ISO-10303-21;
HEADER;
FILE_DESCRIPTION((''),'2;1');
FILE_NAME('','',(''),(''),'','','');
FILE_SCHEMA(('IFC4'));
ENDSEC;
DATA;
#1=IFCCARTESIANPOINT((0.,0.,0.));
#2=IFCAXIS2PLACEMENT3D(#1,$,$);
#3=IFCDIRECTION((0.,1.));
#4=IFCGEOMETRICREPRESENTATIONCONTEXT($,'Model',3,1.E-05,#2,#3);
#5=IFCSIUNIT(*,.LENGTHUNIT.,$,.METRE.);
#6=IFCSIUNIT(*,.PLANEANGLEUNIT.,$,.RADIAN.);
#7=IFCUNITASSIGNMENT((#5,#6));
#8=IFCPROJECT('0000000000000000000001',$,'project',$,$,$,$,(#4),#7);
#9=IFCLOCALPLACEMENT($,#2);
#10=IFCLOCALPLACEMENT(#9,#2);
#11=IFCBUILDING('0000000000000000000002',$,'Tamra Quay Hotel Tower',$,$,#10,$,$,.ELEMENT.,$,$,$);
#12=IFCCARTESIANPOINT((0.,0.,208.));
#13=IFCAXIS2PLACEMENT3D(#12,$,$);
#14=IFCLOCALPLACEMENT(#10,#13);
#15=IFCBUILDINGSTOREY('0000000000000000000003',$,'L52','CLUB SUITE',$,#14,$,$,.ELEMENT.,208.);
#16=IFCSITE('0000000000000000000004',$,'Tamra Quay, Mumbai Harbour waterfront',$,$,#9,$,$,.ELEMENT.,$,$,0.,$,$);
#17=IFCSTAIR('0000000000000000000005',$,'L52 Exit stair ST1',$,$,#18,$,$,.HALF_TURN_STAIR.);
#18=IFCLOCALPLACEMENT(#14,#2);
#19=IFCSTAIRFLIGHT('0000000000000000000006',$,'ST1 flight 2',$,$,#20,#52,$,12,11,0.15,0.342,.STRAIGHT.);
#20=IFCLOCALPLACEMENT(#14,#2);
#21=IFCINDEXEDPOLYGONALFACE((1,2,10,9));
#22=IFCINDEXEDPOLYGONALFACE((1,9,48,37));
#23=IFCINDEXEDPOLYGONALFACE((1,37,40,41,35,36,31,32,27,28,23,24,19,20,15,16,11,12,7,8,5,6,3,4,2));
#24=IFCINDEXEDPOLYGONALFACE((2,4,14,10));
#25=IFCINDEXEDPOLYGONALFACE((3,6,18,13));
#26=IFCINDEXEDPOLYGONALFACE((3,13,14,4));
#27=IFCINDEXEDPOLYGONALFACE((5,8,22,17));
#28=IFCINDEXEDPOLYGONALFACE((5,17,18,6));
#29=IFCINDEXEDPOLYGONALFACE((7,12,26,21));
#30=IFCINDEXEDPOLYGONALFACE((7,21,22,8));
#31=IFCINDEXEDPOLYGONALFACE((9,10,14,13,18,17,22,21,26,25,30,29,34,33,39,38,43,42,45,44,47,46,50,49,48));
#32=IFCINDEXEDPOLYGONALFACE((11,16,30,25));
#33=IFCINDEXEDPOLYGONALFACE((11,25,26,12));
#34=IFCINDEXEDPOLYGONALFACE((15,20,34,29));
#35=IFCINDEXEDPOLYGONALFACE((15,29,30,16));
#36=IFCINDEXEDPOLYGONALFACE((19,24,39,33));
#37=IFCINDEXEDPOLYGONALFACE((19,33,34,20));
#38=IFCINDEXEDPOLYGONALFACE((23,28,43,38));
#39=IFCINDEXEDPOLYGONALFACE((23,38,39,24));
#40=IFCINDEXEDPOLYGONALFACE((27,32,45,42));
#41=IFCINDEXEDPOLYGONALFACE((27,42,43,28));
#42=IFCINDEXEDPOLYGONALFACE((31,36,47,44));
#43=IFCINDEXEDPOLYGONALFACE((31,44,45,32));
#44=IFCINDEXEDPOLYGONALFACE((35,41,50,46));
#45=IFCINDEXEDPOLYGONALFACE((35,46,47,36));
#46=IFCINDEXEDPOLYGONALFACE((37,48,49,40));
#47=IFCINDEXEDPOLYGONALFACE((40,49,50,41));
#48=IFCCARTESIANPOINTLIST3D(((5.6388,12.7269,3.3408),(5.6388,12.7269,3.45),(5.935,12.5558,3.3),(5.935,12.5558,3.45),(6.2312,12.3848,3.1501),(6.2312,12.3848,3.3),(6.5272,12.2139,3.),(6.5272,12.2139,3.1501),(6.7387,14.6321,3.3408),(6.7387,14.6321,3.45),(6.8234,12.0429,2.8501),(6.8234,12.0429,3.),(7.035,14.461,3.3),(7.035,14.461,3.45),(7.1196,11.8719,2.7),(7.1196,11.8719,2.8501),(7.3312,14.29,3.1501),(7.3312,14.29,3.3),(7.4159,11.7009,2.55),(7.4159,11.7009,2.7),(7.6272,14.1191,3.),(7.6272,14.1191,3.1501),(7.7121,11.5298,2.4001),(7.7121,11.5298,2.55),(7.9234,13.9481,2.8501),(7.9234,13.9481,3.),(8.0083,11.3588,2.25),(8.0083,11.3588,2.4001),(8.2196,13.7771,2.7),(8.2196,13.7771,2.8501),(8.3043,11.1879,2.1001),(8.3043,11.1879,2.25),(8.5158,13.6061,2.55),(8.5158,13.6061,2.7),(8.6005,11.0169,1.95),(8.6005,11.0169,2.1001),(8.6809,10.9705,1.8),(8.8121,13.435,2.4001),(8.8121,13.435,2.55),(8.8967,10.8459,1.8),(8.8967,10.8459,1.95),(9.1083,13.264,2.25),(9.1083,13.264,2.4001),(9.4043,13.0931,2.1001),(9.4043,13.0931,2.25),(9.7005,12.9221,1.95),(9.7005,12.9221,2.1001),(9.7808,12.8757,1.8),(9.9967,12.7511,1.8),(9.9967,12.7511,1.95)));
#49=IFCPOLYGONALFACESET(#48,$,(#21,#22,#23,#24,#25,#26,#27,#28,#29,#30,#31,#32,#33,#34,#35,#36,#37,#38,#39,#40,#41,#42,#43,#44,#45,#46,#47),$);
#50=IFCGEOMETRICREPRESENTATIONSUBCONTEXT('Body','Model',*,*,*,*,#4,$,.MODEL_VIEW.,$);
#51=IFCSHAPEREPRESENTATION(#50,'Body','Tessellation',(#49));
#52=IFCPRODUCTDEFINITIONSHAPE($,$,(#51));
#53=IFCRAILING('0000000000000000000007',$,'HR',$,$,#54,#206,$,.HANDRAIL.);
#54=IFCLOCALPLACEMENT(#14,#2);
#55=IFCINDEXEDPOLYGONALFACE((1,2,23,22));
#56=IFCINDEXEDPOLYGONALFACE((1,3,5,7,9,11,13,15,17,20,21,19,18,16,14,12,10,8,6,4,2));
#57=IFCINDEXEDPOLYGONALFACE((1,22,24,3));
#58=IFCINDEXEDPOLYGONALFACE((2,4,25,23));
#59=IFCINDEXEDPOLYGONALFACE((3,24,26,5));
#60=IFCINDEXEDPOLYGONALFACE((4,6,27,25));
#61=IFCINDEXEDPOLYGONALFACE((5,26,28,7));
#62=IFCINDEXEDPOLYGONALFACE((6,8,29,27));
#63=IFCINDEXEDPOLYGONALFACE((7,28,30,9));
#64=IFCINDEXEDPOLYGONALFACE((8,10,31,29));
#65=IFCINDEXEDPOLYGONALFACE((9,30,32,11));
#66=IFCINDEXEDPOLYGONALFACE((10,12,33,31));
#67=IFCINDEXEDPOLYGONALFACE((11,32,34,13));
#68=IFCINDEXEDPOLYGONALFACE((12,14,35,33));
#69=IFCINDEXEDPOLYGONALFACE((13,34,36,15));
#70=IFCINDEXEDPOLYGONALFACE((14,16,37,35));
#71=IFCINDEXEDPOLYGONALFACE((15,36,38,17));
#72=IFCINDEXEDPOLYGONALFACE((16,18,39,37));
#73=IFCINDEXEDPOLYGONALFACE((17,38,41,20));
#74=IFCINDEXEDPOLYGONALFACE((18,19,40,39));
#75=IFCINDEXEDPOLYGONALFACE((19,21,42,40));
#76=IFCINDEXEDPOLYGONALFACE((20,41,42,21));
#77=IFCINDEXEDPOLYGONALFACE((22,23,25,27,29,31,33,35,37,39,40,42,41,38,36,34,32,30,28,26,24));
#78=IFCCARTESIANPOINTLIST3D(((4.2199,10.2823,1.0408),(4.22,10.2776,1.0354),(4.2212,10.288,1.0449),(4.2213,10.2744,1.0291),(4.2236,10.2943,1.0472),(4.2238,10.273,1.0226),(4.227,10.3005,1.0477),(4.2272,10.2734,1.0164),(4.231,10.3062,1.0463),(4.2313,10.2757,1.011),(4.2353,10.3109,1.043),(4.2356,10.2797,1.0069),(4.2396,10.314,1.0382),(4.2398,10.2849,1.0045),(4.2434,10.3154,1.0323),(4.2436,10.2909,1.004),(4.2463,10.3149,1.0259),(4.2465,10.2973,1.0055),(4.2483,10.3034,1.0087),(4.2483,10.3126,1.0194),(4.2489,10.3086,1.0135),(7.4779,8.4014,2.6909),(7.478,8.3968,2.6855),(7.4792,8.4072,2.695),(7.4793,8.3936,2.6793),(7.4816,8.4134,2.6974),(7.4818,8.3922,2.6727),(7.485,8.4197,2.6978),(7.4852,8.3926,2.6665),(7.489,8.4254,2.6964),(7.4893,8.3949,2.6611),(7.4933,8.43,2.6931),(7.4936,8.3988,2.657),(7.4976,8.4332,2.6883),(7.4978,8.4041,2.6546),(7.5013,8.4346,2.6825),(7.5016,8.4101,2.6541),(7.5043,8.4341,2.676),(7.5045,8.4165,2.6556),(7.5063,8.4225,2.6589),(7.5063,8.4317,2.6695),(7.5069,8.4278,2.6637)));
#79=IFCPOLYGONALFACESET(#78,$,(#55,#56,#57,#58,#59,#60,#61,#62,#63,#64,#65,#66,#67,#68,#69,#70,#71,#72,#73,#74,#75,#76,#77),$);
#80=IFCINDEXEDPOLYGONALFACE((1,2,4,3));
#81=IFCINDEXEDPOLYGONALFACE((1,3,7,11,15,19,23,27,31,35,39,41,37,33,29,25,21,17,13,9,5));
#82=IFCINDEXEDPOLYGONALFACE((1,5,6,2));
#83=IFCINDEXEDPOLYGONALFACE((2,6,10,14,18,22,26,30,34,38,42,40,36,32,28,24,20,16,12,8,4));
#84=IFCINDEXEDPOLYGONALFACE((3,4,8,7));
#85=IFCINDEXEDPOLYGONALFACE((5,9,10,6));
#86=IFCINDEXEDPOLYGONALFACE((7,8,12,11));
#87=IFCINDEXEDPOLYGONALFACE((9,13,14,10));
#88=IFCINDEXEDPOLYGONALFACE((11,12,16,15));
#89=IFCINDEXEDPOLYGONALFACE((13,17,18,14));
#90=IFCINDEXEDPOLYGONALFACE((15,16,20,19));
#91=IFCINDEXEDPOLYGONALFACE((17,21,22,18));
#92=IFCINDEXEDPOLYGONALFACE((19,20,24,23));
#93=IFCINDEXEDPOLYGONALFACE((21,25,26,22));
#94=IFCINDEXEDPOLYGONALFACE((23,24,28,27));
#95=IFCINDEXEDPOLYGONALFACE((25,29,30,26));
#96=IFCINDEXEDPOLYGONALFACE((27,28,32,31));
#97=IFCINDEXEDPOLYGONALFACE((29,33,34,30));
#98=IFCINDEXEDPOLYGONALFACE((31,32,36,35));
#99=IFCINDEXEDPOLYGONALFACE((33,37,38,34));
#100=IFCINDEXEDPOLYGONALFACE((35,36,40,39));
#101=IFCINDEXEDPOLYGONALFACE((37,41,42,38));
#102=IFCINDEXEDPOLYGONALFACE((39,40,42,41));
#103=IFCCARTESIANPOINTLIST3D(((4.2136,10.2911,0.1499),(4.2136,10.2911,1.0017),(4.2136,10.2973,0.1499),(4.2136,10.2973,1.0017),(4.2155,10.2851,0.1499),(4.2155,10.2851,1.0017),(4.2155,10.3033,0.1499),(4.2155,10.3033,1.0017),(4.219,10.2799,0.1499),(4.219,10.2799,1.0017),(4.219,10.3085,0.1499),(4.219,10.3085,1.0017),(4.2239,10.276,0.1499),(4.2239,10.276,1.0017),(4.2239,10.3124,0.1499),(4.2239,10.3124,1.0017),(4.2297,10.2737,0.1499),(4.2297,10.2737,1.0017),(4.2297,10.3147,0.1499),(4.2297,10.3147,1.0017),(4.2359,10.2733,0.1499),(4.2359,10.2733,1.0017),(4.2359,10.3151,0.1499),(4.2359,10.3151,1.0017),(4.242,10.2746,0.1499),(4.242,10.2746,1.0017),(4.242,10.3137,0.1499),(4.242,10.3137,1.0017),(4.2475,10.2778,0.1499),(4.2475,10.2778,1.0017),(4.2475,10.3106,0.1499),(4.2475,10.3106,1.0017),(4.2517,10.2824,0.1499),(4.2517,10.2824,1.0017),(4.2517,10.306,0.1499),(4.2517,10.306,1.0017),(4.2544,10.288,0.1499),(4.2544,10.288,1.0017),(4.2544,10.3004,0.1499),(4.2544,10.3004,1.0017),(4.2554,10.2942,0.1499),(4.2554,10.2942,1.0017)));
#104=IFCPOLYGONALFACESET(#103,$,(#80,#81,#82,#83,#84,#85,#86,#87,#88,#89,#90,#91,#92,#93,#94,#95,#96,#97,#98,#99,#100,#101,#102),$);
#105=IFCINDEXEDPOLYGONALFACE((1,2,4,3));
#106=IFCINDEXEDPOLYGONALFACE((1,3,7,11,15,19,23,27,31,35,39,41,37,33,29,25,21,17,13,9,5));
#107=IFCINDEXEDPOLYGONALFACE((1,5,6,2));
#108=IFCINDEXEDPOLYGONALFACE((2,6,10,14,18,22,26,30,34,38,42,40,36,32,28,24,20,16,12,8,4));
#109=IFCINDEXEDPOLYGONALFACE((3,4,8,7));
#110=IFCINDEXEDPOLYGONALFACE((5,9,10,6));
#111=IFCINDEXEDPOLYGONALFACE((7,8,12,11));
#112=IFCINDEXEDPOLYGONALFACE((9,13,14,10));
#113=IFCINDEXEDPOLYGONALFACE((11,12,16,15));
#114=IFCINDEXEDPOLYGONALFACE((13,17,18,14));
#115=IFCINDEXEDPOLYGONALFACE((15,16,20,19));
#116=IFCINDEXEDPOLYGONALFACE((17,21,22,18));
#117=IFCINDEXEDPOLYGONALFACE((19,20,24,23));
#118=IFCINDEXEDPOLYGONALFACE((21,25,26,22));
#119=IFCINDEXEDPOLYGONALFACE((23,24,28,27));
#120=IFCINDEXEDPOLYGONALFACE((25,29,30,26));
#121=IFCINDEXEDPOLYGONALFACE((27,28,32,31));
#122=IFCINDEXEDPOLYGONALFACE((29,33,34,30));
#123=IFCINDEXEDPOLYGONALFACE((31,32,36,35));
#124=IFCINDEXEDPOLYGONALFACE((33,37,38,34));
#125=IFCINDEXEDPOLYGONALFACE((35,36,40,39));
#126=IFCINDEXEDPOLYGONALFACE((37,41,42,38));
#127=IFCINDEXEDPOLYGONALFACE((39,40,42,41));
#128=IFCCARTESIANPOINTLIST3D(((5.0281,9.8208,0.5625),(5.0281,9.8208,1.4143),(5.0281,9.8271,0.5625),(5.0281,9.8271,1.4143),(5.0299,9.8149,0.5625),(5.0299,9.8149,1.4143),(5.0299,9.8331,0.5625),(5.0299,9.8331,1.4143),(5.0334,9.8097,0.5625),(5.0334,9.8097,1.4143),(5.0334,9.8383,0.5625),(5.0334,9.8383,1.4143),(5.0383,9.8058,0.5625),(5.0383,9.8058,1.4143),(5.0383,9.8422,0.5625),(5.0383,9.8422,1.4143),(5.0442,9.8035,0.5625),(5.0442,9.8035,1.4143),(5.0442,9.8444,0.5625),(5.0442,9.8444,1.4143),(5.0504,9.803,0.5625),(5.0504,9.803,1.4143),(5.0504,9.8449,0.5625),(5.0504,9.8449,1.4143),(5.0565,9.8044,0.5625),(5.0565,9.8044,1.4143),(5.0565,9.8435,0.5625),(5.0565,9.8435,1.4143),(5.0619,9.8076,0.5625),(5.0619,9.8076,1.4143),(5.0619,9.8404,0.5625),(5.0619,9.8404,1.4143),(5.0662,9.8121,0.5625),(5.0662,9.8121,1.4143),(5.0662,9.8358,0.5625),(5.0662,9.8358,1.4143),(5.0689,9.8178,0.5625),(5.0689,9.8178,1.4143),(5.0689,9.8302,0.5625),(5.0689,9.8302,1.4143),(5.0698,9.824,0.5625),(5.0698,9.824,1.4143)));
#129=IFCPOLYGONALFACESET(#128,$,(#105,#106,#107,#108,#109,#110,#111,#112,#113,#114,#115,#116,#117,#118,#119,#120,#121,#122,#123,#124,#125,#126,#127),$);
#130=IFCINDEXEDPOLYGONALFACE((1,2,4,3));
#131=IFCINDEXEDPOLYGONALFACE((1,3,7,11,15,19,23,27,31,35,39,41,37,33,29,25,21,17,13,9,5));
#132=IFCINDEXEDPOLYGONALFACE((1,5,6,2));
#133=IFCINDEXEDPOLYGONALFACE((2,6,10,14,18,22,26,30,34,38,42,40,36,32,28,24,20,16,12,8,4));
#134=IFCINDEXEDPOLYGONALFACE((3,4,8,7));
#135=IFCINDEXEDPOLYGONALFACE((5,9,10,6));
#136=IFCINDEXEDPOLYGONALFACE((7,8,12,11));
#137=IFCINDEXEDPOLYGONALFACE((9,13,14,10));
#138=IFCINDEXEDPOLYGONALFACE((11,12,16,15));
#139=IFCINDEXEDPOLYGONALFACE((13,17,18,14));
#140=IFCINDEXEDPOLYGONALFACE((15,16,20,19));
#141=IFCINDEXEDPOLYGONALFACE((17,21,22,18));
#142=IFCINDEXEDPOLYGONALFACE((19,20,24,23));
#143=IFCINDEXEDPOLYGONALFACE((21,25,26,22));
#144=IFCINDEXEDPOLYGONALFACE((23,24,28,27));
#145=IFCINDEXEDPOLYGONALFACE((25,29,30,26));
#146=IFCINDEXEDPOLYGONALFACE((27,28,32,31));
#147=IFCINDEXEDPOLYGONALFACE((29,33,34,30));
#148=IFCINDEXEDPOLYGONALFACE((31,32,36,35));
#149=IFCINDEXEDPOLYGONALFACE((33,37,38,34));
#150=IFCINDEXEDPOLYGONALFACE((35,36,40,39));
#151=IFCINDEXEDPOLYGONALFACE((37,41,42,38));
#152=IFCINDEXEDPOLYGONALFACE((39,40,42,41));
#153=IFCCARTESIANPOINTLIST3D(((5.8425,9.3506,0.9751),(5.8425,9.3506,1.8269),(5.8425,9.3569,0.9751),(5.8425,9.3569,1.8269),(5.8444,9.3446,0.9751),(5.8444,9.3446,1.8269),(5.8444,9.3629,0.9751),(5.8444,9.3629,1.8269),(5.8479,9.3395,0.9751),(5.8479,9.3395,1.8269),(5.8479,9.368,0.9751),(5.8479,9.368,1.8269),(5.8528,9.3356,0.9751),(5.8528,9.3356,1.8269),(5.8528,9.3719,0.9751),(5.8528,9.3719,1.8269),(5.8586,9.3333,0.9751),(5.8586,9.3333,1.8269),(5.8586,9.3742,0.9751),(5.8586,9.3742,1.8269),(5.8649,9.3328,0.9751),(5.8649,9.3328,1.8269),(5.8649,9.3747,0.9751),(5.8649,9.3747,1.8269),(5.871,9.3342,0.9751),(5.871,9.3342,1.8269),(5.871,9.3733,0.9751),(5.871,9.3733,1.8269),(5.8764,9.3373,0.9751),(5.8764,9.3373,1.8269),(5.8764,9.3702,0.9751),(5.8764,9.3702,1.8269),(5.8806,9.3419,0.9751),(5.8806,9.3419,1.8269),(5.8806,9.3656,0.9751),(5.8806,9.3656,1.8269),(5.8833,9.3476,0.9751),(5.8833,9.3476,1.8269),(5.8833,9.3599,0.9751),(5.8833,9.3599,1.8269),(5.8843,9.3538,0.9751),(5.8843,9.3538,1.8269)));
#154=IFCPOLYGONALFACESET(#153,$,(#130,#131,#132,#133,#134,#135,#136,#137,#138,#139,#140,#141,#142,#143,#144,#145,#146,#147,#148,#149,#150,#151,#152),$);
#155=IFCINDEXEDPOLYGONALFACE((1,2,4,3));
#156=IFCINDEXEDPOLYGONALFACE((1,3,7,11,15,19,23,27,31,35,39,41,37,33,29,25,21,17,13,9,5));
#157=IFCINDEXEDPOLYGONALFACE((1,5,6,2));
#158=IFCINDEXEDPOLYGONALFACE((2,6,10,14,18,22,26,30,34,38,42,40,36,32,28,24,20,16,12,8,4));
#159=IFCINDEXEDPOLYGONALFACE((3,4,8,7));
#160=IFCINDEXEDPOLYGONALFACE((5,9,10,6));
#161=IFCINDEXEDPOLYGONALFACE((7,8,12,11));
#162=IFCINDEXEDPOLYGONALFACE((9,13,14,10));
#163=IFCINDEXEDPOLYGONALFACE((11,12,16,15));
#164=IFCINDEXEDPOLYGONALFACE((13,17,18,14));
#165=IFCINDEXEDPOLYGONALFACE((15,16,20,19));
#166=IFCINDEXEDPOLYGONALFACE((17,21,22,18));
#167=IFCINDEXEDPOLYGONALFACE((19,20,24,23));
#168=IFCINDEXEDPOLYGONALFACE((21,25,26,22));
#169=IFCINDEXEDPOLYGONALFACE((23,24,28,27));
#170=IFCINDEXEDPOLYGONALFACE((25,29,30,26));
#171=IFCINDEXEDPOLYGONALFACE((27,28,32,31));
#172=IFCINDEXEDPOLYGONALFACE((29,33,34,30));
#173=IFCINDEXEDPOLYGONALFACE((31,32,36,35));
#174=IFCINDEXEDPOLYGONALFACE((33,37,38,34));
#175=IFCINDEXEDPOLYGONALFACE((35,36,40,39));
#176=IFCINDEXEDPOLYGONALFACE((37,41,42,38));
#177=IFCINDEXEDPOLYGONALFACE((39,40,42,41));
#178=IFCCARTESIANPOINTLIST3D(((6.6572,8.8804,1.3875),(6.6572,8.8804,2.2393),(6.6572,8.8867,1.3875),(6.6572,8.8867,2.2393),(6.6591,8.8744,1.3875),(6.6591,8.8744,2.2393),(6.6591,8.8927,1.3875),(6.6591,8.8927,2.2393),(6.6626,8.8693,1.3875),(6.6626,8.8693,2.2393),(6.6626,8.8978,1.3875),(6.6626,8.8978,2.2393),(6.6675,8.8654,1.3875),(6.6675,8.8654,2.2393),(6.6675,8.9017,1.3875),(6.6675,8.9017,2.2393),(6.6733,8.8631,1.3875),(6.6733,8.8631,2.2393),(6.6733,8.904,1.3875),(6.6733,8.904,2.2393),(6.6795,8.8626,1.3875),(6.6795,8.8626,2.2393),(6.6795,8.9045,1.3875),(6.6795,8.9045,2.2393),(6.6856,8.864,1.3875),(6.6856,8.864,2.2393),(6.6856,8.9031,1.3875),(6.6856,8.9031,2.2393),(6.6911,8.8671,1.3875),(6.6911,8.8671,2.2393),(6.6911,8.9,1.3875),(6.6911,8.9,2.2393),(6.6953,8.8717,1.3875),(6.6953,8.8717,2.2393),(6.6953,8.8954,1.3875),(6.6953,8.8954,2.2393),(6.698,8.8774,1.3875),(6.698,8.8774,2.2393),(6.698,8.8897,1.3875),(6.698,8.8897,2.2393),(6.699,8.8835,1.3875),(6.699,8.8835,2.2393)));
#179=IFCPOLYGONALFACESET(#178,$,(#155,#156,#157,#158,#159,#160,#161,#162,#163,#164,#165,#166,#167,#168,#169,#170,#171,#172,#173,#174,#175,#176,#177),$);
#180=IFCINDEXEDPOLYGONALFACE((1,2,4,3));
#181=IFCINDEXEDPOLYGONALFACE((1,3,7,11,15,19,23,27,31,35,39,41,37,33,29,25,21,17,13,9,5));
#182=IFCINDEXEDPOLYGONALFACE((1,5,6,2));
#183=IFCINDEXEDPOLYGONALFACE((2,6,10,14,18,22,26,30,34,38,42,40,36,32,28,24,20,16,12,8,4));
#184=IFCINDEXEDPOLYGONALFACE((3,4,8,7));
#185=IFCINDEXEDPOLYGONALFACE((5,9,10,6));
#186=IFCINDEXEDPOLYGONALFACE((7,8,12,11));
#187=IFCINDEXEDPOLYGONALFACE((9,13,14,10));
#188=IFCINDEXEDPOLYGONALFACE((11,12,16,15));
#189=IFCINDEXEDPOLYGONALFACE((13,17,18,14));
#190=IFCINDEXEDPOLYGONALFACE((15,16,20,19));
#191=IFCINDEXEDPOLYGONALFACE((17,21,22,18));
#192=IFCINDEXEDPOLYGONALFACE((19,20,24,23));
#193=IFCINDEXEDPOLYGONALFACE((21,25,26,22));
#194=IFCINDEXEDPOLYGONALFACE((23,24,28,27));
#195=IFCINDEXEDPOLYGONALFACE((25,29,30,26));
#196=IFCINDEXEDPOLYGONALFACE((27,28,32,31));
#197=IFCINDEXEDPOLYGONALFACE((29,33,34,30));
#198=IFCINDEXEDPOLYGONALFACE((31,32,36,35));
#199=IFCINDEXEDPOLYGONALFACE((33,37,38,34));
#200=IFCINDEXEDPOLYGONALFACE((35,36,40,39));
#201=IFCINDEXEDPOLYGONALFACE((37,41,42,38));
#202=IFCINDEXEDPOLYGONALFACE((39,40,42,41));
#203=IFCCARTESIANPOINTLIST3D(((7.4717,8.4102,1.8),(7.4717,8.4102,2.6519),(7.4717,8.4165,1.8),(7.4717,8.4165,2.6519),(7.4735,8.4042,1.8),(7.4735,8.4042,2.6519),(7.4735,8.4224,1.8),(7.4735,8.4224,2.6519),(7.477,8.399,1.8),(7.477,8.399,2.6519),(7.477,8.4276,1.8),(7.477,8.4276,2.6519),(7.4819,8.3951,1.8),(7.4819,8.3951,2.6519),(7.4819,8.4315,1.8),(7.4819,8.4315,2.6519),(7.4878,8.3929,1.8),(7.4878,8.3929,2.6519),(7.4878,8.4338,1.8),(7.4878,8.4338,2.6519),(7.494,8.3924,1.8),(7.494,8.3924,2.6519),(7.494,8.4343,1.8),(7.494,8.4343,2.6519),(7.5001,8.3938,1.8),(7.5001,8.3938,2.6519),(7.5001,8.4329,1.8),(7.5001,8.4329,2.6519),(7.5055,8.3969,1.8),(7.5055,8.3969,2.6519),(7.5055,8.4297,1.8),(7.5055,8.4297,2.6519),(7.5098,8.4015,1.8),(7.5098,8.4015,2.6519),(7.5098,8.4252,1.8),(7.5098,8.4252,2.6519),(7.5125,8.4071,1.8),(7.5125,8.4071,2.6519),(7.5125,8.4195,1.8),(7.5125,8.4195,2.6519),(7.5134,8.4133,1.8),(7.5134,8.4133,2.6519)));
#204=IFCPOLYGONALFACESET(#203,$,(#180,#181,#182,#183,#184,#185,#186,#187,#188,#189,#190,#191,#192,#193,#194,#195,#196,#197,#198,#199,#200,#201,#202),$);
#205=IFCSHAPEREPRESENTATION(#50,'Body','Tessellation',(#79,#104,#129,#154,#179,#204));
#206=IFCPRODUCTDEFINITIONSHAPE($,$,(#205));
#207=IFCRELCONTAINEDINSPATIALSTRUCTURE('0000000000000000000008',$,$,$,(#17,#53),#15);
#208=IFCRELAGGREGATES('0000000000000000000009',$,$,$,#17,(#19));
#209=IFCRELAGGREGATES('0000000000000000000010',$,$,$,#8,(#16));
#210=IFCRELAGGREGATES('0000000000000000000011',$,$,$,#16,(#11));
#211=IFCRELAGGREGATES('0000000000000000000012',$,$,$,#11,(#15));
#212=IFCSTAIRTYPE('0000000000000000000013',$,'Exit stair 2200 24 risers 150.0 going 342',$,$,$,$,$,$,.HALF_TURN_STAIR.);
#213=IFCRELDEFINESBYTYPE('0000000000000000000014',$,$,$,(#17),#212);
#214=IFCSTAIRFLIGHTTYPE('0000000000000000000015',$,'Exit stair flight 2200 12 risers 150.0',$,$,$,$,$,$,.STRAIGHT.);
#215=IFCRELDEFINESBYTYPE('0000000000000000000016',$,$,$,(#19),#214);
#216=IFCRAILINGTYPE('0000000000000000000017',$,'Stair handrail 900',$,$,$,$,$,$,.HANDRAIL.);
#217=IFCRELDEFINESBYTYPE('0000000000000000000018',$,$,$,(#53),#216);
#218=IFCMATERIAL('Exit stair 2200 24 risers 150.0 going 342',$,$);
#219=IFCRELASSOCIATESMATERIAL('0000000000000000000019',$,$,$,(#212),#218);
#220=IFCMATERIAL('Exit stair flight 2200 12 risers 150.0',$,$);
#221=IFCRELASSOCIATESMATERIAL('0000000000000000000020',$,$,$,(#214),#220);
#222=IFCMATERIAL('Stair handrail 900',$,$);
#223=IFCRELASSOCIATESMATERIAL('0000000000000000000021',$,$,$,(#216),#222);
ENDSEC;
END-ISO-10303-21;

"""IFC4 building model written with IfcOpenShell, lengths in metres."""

from ifc_helpers import new_model, si_unit, direction, frame, origin, origin_2d, place, context, subcontext, project, spatial, polyline, circle, outline, extrude, material, type_object, element, aggregate, save


model = new_model("IFC4")

# Units and contexts
model_context = context("Model", 3, precision=1e-05, world=origin(), true_north=direction((0.0, 1.0)))
body_context = subcontext(model_context, "Body", "Model", "MODEL_VIEW")
ifc_project = project(units=[si_unit("LENGTHUNIT", "METRE"), si_unit("PLANEANGLEUNIT", "RADIAN")], contexts=[model_context])

# Site, building, storey
site_placement = place(None, origin())
site = spatial("IfcSite", under=ifc_project, at=site_placement, Name="Tamra Quay, Mumbai Harbour waterfront", CompositionType="ELEMENT", RefElevation=0.0)
building_placement = place(site_placement, origin())
building = spatial("IfcBuilding", under=site, at=building_placement, Name="Tamra Quay Hotel Tower", CompositionType="ELEMENT")
storey_placement = place(building_placement, frame((0.0, 0.0, 208.0)))
storey = spatial("IfcBuildingStorey", under=building, at=storey_placement, Name="L52", Description="CLUB SUITE", CompositionType="ELEMENT", Elevation=208.0)

# Stair, stair flight
ifc_material_1 = material(Name="Exit stair 2200 24 risers 150.0 going 342")
stair_type = type_object("IfcStairType", Name="Exit stair 2200 24 risers 150.0 going 342", PredefinedType="HALF_TURN_STAIR", material=ifc_material_1)
stair_placement = place(storey_placement, origin())
stair = element("IfcStair", 1, at=stair_placement, inside=storey, type_object=stair_type, Name="L52 Exit stair ST1", PredefinedType="HALF_TURN_STAIR")
ifc_material_2 = material(Name="Exit stair flight 2200 12 risers 150.0")
stair_flight_type = type_object("IfcStairFlightType", Name="Exit stair flight 2200 12 risers 150.0", PredefinedType="STRAIGHT", material=ifc_material_2)
stair_flight_1_placement = place(storey_placement, frame((9.4468, 11.7986, 1.8), z_axis=(0.0, 0.0, 1.0), x_axis=(-0.866025, 0.5, 0.0)))
stair_flight_1 = element("IfcStairFlight", 2, at=stair_flight_1_placement, type_object=stair_flight_type, Name="ST1 flight 2", NumberOfRisers=12, NumberOfTreads=11, PredefinedType="STRAIGHT", RiserHeight=0.15, TreadLength=0.342, context=body_context, shape_type="SweptSolid", body=[
    extrude(outline(polyline([(0.0, 0.0), (0.0, 0.1499), (0.342, 0.1499), (0.342, 0.3), (0.6841, 0.3), (0.6841, 0.45), (1.0259, 0.45), (1.0259, 0.6001), (1.3679, 0.6001), (1.3679, 0.75), (1.71, 0.75), (1.71, 0.8999), (2.052, 0.8999), (2.052, 1.05), (2.394, 1.05), (2.394, 1.2), (2.7361, 1.2), (2.7361, 1.3501), (3.0779, 1.3501), (3.0779, 1.5), (3.4199, 1.5), (3.4199, 1.6499), (3.762, 1.6499), (3.762, 1.8), (3.762, 1.5408), (0.2493, 0.0), (0.0, 0.0)])), frame((0.0, 1.1001, 0.0), z_axis=(0.0, -1.0, 0.0), x_axis=(1.0, 0.0, 0.0)), (0.0, 0.0, 1.0), 2.2),
])
aggregate(stair, [stair_flight_1])

# Railing
ifc_material_3 = material(Name="Stair handrail 900")
railing_type_1 = type_object("IfcRailingType", Name="Stair handrail 900", PredefinedType="HANDRAIL", material=ifc_material_3)
railing_1_placement = place(storey_placement, frame((4.2344, 10.2942, 0.1499)))
element("IfcRailing", 3, at=railing_1_placement, inside=storey, type_object=railing_type_1, Name="HR", PredefinedType="HANDRAIL", context=body_context, shape_type="SweptSolid", body=[
    extrude(circle(Radius=0.0239, at=origin_2d()), frame((0.0, 0.0, 0.876), z_axis=(0.793103, -0.457854, 0.401692), x_axis=(0.499964, 0.866046, 0.0)), (0.0, 0.0, 1.0), 4.1079),
    extrude(circle(Radius=0.021, at=origin_2d()), origin(), (0.0, 0.0, 1.0), 0.8518),
    extrude(circle(Radius=0.021, at=origin_2d()), frame((0.8145, -0.4702, 0.4126)), (0.0, 0.0, 1.0), 0.8518),
    extrude(circle(Radius=0.021, at=origin_2d()), frame((1.6289, -0.9404, 0.8252)), (0.0, 0.0, 1.0), 0.8518),
    extrude(circle(Radius=0.021, at=origin_2d()), frame((2.4436, -1.4106, 1.2375)), (0.0, 0.0, 1.0), 0.8518),
    extrude(circle(Radius=0.021, at=origin_2d()), frame((3.2581, -1.8809, 1.6501)), (0.0, 0.0, 1.0), 0.8518),
])

save(model, "model.ifc")
